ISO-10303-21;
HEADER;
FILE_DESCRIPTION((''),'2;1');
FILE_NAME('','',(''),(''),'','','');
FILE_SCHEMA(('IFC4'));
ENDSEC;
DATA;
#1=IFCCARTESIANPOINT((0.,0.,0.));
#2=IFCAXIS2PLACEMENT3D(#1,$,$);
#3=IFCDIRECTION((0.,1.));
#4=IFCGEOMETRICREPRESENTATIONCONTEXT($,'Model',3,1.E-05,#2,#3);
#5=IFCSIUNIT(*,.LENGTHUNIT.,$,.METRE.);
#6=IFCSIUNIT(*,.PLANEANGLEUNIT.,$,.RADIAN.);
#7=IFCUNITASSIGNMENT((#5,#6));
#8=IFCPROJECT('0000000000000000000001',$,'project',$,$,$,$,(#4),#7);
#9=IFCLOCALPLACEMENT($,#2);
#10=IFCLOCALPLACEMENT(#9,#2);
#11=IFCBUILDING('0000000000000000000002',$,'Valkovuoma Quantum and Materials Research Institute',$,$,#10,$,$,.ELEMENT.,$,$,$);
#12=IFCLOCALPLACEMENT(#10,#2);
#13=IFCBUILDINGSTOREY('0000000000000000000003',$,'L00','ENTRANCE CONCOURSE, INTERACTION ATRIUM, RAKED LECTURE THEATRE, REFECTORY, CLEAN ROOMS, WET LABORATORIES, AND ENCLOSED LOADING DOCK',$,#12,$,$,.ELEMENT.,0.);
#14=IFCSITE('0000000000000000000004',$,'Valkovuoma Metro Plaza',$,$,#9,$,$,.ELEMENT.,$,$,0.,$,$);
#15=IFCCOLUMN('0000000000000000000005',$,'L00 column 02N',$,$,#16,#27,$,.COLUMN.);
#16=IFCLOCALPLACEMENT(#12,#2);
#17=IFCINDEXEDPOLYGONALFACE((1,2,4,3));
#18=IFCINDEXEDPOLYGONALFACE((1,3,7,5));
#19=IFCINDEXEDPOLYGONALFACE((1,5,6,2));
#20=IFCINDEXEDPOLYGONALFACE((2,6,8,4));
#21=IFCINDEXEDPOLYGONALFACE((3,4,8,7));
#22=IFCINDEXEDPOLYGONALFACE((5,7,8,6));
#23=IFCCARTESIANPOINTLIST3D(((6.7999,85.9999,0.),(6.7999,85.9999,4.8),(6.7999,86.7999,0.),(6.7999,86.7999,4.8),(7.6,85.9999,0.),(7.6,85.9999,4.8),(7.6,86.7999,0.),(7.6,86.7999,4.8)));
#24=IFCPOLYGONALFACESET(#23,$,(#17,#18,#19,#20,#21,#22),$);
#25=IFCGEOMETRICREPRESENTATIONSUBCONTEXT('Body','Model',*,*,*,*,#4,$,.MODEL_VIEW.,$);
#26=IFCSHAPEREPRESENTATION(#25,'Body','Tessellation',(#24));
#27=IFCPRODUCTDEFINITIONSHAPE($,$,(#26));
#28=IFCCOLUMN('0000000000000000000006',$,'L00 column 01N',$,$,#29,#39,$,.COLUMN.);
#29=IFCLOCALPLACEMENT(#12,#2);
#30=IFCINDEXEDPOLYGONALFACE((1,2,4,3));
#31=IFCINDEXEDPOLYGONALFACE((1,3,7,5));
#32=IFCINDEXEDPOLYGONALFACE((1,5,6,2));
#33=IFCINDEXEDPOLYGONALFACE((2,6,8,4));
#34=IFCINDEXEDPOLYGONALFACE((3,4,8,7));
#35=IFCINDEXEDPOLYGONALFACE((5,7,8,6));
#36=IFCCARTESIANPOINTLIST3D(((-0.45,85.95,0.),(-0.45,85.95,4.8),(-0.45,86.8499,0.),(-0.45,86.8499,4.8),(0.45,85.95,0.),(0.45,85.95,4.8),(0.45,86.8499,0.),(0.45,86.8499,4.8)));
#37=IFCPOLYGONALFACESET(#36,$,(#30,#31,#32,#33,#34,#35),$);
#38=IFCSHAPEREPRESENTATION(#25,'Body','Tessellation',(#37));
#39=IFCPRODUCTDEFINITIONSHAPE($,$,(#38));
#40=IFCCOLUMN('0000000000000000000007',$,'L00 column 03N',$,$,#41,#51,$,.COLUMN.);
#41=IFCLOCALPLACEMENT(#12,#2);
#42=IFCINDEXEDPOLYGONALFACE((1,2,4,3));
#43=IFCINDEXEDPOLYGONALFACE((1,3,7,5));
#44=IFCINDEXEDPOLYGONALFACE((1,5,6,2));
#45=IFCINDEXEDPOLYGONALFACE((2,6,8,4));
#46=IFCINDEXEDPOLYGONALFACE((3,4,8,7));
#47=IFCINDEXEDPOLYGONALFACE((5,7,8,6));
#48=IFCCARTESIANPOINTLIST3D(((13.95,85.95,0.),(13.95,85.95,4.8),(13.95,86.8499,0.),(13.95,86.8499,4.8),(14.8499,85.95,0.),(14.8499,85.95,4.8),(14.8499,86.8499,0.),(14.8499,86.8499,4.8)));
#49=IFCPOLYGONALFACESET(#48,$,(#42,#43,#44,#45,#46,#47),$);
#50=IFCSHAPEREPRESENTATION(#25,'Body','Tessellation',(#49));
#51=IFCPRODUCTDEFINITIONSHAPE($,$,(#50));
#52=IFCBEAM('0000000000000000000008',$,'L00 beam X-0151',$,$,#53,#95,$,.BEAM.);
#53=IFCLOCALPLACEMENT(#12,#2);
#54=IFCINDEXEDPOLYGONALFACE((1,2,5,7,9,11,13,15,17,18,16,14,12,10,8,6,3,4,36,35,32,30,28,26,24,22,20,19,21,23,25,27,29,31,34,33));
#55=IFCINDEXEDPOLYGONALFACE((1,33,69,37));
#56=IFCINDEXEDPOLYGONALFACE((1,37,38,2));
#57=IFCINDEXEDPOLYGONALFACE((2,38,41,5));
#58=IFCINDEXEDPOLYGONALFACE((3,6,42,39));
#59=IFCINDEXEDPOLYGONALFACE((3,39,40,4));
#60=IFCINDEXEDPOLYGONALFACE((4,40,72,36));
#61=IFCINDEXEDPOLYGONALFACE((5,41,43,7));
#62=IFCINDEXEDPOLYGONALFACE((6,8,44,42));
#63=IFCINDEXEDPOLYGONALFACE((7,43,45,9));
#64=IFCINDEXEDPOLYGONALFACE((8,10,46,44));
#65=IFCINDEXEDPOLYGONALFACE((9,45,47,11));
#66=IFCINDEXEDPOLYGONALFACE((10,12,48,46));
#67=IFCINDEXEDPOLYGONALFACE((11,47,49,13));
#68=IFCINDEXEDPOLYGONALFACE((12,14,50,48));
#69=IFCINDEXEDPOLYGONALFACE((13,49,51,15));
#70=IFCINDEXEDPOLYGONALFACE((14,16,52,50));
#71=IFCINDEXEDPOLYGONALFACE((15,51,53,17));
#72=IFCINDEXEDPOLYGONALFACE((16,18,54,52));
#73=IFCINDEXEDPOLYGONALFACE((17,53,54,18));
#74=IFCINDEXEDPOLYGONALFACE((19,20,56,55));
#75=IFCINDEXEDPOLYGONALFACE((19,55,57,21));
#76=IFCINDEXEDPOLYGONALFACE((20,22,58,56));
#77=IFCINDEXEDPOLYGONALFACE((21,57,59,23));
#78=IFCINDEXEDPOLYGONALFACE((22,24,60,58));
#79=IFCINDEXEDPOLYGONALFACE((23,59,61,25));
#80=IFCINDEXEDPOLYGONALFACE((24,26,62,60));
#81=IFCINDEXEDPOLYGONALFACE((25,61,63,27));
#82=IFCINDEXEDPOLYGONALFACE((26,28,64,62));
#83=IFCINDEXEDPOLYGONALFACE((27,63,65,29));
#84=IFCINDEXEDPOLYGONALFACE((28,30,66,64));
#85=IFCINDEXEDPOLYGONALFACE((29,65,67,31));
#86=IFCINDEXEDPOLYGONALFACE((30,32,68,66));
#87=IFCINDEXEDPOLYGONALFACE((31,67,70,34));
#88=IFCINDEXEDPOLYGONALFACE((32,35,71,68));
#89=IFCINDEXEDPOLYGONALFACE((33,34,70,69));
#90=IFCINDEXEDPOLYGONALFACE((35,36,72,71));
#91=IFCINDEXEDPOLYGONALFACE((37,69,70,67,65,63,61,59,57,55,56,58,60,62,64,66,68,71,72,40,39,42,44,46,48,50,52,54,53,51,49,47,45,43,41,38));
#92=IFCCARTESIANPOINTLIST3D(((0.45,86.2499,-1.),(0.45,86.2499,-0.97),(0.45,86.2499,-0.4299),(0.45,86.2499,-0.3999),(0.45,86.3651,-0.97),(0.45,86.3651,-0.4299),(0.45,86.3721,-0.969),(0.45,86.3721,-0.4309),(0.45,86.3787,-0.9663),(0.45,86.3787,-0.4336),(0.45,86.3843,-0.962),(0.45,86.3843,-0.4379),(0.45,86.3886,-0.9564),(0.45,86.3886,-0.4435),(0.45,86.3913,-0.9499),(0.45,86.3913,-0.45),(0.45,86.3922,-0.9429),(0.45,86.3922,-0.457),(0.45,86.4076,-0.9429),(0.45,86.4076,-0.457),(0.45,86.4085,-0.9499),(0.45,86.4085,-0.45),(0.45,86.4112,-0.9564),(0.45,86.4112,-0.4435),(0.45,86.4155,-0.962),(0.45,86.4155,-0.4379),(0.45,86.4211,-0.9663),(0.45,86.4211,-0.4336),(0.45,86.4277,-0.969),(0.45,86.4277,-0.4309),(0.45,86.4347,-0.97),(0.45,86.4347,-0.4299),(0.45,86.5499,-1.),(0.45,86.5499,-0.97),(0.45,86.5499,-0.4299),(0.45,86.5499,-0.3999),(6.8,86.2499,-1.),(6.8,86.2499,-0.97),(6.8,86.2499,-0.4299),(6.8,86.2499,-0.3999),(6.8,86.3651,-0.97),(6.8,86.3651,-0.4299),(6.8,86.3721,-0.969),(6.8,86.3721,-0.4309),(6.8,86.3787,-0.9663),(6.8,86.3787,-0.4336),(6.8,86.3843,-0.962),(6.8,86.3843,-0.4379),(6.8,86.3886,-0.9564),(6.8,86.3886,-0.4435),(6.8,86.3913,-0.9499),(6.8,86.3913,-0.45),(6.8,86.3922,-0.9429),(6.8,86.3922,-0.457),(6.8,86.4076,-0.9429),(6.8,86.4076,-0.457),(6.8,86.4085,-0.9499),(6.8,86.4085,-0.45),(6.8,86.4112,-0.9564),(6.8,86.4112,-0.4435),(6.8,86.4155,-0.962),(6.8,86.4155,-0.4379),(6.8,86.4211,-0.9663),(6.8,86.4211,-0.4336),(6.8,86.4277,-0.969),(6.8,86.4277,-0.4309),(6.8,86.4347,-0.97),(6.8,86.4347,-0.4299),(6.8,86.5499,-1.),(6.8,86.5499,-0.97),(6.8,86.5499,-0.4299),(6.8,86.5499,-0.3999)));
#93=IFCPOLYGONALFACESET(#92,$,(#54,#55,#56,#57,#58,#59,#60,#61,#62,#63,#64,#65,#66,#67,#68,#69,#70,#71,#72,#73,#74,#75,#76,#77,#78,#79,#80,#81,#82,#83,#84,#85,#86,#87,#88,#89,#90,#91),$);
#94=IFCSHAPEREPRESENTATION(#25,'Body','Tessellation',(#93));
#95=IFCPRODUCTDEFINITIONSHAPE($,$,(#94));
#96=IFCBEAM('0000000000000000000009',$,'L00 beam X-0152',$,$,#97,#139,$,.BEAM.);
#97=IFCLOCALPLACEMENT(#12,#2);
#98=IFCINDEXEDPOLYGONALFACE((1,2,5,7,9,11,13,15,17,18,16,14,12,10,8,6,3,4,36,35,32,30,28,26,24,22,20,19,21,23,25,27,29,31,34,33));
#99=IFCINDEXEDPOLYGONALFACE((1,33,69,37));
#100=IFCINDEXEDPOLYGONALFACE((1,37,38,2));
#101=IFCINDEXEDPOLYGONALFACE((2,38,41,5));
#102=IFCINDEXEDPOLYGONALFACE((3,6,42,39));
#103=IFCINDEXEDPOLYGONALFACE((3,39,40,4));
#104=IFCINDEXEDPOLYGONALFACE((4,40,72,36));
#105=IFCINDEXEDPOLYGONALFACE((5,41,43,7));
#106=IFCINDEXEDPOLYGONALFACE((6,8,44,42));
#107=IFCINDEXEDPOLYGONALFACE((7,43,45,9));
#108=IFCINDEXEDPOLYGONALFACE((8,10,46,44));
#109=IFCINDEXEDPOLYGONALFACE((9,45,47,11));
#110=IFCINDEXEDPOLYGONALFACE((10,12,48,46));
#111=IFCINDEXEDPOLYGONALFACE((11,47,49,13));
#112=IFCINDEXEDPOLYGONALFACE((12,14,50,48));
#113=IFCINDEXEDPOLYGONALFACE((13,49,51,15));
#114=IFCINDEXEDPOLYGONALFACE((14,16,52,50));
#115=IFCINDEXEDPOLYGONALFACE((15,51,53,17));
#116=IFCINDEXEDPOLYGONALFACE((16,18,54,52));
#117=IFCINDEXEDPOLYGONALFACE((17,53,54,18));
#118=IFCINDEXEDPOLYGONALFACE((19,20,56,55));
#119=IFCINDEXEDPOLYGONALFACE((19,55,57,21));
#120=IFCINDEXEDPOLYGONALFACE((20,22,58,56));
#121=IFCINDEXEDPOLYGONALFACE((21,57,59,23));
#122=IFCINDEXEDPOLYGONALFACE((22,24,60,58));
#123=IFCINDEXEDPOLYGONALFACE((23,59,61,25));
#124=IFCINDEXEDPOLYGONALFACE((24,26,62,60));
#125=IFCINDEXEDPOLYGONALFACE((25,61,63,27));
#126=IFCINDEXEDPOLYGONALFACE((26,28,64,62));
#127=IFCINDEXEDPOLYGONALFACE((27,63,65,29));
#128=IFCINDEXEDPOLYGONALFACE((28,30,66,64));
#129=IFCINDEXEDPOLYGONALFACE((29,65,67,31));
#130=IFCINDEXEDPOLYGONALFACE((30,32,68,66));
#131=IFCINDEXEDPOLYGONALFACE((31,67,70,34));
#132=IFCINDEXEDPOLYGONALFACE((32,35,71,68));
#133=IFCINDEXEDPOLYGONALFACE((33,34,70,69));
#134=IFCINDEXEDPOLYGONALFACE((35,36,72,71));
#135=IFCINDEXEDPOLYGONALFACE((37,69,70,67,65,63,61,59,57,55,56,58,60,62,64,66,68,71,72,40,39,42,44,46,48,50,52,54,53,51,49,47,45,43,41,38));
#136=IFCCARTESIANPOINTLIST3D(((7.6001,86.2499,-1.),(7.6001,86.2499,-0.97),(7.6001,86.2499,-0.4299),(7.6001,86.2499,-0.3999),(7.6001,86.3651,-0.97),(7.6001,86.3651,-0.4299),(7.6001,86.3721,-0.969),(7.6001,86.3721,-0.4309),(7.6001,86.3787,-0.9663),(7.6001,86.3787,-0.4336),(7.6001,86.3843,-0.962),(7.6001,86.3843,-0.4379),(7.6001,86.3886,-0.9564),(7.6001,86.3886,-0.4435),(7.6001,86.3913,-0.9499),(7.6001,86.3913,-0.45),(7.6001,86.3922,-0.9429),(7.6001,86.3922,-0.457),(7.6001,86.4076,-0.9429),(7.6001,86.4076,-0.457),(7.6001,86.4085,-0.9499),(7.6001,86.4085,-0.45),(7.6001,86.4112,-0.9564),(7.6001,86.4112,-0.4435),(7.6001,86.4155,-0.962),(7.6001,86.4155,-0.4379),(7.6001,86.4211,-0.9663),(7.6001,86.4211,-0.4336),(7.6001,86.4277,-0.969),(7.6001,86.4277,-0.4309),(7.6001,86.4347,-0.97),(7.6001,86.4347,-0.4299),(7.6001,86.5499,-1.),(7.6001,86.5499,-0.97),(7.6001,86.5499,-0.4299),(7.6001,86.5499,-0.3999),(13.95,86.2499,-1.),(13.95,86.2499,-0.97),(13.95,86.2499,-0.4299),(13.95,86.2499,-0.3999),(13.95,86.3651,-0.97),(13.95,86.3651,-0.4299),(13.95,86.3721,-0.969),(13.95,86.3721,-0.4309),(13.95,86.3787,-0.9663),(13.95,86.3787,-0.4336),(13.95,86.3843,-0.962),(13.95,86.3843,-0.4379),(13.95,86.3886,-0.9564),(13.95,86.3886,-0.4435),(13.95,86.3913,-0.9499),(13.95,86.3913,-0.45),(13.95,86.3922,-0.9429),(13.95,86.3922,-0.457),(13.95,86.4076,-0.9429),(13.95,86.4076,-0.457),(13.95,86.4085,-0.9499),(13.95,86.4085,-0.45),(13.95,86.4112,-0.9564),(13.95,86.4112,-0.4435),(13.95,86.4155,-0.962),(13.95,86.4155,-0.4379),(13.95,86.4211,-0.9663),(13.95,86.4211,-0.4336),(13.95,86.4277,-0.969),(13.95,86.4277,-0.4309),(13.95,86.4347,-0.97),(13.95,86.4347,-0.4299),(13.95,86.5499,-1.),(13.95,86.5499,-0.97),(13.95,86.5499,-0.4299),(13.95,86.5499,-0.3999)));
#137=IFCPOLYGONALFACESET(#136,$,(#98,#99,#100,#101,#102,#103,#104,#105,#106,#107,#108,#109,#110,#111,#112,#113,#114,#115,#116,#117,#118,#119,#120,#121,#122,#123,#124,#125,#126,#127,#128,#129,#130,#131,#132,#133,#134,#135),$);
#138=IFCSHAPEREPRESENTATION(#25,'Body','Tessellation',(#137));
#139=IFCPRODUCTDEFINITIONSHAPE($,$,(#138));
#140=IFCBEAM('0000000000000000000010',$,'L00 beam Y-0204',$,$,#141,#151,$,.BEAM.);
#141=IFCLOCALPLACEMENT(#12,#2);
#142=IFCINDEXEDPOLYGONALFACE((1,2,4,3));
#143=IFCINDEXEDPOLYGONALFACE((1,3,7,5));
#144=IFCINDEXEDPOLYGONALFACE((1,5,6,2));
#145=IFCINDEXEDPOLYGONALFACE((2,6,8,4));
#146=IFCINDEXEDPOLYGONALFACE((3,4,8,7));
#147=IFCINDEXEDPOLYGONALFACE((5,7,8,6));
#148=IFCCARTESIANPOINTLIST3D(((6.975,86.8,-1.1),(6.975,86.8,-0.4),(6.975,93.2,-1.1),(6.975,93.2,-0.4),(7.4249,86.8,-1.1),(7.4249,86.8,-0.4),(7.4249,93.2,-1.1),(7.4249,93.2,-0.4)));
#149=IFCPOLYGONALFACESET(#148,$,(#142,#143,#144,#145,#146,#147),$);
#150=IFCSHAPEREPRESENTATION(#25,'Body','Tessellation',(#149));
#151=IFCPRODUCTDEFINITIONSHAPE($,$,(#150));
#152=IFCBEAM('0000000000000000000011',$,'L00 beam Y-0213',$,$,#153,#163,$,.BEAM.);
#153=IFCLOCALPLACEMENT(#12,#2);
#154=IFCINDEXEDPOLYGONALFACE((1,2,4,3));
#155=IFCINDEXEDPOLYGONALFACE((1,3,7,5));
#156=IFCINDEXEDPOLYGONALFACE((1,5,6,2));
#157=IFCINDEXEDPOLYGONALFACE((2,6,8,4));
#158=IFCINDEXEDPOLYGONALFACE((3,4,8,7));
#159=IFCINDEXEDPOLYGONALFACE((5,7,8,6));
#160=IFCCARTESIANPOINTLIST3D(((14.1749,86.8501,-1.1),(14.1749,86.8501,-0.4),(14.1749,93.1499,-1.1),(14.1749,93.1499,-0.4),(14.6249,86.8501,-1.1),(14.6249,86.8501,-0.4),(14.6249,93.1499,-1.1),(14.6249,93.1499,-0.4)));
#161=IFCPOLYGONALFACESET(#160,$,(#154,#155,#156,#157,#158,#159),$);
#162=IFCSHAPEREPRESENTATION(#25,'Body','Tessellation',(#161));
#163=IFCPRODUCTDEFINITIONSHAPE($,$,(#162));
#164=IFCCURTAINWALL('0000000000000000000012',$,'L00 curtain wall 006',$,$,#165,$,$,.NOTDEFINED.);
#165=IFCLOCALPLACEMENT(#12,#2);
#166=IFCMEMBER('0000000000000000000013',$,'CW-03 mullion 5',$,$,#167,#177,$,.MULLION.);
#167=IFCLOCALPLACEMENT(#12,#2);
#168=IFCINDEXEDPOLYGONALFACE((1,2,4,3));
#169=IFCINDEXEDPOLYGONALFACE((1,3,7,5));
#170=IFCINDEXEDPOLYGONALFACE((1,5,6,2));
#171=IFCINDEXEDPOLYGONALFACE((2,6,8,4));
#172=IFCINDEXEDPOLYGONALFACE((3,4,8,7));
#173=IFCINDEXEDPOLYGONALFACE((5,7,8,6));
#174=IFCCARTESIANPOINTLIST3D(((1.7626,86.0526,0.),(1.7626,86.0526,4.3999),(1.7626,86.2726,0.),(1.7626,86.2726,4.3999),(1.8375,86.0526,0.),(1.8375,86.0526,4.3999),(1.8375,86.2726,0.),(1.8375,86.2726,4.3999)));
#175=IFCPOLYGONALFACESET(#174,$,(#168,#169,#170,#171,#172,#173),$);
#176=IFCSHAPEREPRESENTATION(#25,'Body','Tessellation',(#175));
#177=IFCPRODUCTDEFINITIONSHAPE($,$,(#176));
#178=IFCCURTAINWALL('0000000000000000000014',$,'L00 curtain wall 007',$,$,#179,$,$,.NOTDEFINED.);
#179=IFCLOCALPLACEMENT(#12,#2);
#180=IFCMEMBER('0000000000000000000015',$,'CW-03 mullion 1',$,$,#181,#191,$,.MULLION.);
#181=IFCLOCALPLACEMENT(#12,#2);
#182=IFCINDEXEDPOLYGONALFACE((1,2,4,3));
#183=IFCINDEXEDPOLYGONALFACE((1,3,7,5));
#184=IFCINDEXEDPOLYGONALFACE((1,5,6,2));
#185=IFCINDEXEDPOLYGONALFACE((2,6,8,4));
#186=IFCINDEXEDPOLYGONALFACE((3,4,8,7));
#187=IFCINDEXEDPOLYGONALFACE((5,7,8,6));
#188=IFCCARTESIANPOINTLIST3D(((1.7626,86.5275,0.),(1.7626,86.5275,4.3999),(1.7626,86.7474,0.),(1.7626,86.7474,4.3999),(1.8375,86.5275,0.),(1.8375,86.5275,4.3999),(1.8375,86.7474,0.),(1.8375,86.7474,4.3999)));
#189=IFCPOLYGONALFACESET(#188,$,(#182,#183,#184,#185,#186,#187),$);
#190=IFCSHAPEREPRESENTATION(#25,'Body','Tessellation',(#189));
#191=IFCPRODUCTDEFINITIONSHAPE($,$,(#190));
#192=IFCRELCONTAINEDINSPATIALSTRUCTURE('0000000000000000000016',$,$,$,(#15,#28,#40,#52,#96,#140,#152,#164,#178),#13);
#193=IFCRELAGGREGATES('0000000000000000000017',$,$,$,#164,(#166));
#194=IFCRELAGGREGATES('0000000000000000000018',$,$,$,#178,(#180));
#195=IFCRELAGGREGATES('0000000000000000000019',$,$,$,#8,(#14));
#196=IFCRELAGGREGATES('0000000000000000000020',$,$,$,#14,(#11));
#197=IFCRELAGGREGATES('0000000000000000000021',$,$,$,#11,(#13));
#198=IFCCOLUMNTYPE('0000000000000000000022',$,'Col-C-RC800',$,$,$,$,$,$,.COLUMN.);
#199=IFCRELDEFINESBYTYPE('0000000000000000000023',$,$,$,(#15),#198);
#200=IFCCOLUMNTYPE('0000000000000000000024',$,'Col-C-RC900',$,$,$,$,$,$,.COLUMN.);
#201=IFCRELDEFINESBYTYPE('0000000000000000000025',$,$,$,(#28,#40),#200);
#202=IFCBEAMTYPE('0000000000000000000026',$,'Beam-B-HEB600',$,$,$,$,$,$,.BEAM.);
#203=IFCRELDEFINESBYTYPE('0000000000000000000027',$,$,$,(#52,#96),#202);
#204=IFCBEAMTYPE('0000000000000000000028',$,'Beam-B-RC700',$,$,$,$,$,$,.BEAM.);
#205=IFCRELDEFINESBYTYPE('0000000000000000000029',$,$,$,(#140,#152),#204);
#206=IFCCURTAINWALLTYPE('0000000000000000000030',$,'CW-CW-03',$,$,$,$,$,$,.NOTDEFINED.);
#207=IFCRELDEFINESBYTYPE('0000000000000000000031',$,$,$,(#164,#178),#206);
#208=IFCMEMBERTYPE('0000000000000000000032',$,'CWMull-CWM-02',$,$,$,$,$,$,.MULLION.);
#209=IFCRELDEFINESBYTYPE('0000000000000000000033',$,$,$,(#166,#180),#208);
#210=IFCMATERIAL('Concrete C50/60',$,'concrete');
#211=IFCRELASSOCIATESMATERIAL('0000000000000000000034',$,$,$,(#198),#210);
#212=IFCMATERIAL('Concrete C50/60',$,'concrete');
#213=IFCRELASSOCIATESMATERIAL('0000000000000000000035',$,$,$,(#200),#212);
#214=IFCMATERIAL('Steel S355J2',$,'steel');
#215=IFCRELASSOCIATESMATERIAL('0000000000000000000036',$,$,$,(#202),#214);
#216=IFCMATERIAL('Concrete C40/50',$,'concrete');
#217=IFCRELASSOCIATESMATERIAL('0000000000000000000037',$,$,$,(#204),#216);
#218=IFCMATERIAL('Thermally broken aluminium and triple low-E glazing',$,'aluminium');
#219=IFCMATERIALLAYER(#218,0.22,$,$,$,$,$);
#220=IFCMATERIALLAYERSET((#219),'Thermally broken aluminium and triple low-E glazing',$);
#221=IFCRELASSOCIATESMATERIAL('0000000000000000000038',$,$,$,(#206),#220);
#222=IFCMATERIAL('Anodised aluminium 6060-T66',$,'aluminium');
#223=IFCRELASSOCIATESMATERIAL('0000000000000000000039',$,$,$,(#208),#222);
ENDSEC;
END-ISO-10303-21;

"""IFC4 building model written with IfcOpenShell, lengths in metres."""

from ifc_helpers import new_model, si_unit, direction, frame, origin, origin_2d, place, context, subcontext, project, spatial, rectangle, i_section, extrude, material, layer, layer_set, material_profile, profile_set, type_object, element, aggregate, save


model = new_model("IFC4")

# Units and contexts
model_context = context("Model", 3, precision=1e-05, world=origin(), true_north=direction((0.0, 1.0)))
body_context = subcontext(model_context, "Body", "Model", "MODEL_VIEW")
ifc_project = project(units=[si_unit("LENGTHUNIT", "METRE"), si_unit("PLANEANGLEUNIT", "RADIAN")], contexts=[model_context])

# Site, building, storey
site_placement = place(None, origin())
site = spatial("IfcSite", under=ifc_project, at=site_placement, Name="Valkovuoma Metro Plaza", CompositionType="ELEMENT", RefElevation=0.0)
building_placement = place(site_placement, origin())
building = spatial("IfcBuilding", under=site, at=building_placement, Name="Valkovuoma Quantum and Materials Research Institute", CompositionType="ELEMENT")
storey_placement = place(building_placement, origin())
storey = spatial("IfcBuildingStorey", under=building, at=storey_placement, Name="L00", Description="ENTRANCE CONCOURSE, INTERACTION ATRIUM, RAKED LECTURE THEATRE, REFECTORY, CLEAN ROOMS, WET LABORATORIES, AND ENCLOSED LOADING DOCK", CompositionType="ELEMENT", Elevation=0.0)

# Columns
ifc_material_1 = material(Name="Concrete C50/60", Category="concrete")
ifc_material_profile_1 = material_profile(ifc_material_1, rectangle(XDim=0.8, YDim=0.8, at=origin_2d()), Name="Concrete C50/60")
ifc_profile_set_1 = profile_set([ifc_material_profile_1], Name="Concrete C50/60")
column_type_1 = type_object("IfcColumnType", Name="Col-C-RC800", PredefinedType="COLUMN", material=ifc_profile_set_1)
column_placement = place(storey_placement, frame((7.2, 86.3999, 0.0), z_axis=(0.0, 0.0, 1.0), x_axis=(1.0, 0.0, 0.0)))
element("IfcColumn", 1, at=column_placement, inside=storey, type_object=column_type_1, Name="L00 column 02N", PredefinedType="COLUMN", context=body_context, shape_type="SweptSolid", body=[
    extrude(rectangle(XDim=0.8, YDim=0.8, at=origin_2d()), origin(), (0.0, 0.0, 1.0), 4.8),
])
ifc_material_2 = material(Name="Concrete C50/60", Category="concrete")
ifc_material_profile_2 = material_profile(ifc_material_2, rectangle(XDim=0.8999, YDim=0.8999, at=origin_2d()), Name="Concrete C50/60")
ifc_profile_set_2 = profile_set([ifc_material_profile_2], Name="Concrete C50/60")
column_type_2 = type_object("IfcColumnType", Name="Col-C-RC900", PredefinedType="COLUMN", material=ifc_profile_set_2)
for number, where, z_axis, x_axis, name in (
    (2, (0.0, 86.3999, 0.0), (0.0, 0.0, 1.0), (1.0, 0.0, 0.0), "L00 column 01N"),
    (3, (14.3999, 86.3999, 0.0), (0.0, 0.0, 1.0), (1.0, 0.0, 0.0), "L00 column 03N"),
):
    element("IfcColumn", number, at=place(storey_placement, frame(where, z_axis=z_axis, x_axis=x_axis)), inside=storey, type_object=column_type_2, Name=name, PredefinedType="COLUMN", context=body_context, shape_type="SweptSolid", body=[
        extrude(rectangle(XDim=0.8999, YDim=0.8999, at=origin_2d()), origin(), (0.0, 0.0, 1.0), 4.8),
    ])

# Beams
ifc_material_3 = material(Name="Steel S355J2", Category="steel")
ifc_material_profile_3 = material_profile(ifc_material_3, i_section(OverallWidth=0.3, OverallDepth=0.6001, WebThickness=0.0154, FlangeThickness=0.03, FilletRadius=0.0271, at=origin_2d()), Name="Steel S355J2")
ifc_profile_set_3 = profile_set([ifc_material_profile_3], Name="Steel S355J2")
beam_type_1 = type_object("IfcBeamType", Name="Beam-B-HEB600", PredefinedType="BEAM", material=ifc_profile_set_3)
beam_1_placement = place(storey_placement, frame((0.45, 86.3999, -0.7), z_axis=(1.0, 0.0, 0.0), x_axis=(0.0, 1.0, 0.0)))
element("IfcBeam", 4, at=beam_1_placement, inside=storey, type_object=beam_type_1, Name="L00 beam X-0151", PredefinedType="BEAM", context=body_context, shape_type="SweptSolid", body=[
    extrude(i_section(OverallWidth=0.3, OverallDepth=0.6001, WebThickness=0.0154, FlangeThickness=0.03, FilletRadius=0.0271, at=origin_2d()), origin(), (0.0, 0.0, 1.0), 6.3501),
])
beam_2_placement = place(storey_placement, frame((7.6001, 86.3999, -0.7), z_axis=(1.0, 0.0, 0.0), x_axis=(0.0, 1.0, 0.0)))
element("IfcBeam", 5, at=beam_2_placement, inside=storey, type_object=beam_type_1, Name="L00 beam X-0152", PredefinedType="BEAM", context=body_context, shape_type="SweptSolid", body=[
    extrude(i_section(OverallWidth=0.3, OverallDepth=0.6001, WebThickness=0.0154, FlangeThickness=0.03, FilletRadius=0.0271, at=origin_2d()), origin(), (0.0, 0.0, 1.0), 6.3499),
])
ifc_material_4 = material(Name="Concrete C40/50", Category="concrete")
ifc_material_profile_4 = material_profile(ifc_material_4, rectangle(XDim=0.45, YDim=0.7, at=origin_2d()), Name="Concrete C40/50")
ifc_profile_set_4 = profile_set([ifc_material_profile_4], Name="Concrete C40/50")
beam_type_2 = type_object("IfcBeamType", Name="Beam-B-RC700", PredefinedType="BEAM", material=ifc_profile_set_4)
beam_3_placement = place(storey_placement, frame((7.2, 86.8, -0.75), z_axis=(0.0, 1.0, 0.0), x_axis=(-1.0, 0.0, 0.0)))
element("IfcBeam", 6, at=beam_3_placement, inside=storey, type_object=beam_type_2, Name="L00 beam Y-0204", PredefinedType="BEAM", context=body_context, shape_type="SweptSolid", body=[
    extrude(rectangle(XDim=0.45, YDim=0.7, at=origin_2d()), origin(), (0.0, 0.0, 1.0), 6.3999),
])
beam_4_placement = place(storey_placement, frame((14.3999, 86.8501, -0.75), z_axis=(0.0, 1.0, 0.0), x_axis=(-1.0, 0.0, 0.0)))
element("IfcBeam", 7, at=beam_4_placement, inside=storey, type_object=beam_type_2, Name="L00 beam Y-0213", PredefinedType="BEAM", context=body_context, shape_type="SweptSolid", body=[
    extrude(rectangle(XDim=0.45, YDim=0.7, at=origin_2d()), origin(), (0.0, 0.0, 1.0), 6.2998),
])

# Curtain wall, member
ifc_material_5 = material(Name="Thermally broken aluminium and triple low-E glazing", Category="aluminium")
ifc_layer_1 = layer(ifc_material_5, 0.22)
ifc_layer_set_1 = layer_set([ifc_layer_1], Name="Thermally broken aluminium and triple low-E glazing")
curtain_wall_type = type_object("IfcCurtainWallType", Name="CW-CW-03", PredefinedType="NOTDEFINED", material=ifc_layer_set_1)
curtain_wall_1_placement = place(storey_placement, origin())
curtain_wall_1 = element("IfcCurtainWall", 8, at=curtain_wall_1_placement, inside=storey, type_object=curtain_wall_type, Name="L00 curtain wall 006", PredefinedType="NOTDEFINED")
ifc_material_6 = material(Name="Anodised aluminium 6060-T66", Category="aluminium")
ifc_material_profile_5 = material_profile(ifc_material_6, rectangle(XDim=0.075, YDim=0.22, at=origin_2d()), Name="Anodised aluminium 6060-T66")
ifc_profile_set_5 = profile_set([ifc_material_profile_5], Name="Anodised aluminium 6060-T66")
member_type_1 = type_object("IfcMemberType", Name="CWMull-CWM-02", PredefinedType="MULLION", material=ifc_profile_set_5)
member_1_placement = place(storey_placement, frame((1.8, 86.1626, 0.0), z_axis=(0.0, 0.0, 1.0), x_axis=(-1.0, 0.0, 0.0)))
member_1 = element("IfcMember", 9, at=member_1_placement, type_object=member_type_1, Name="CW-03 mullion 5", PredefinedType="MULLION", context=body_context, shape_type="SweptSolid", body=[
    extrude(rectangle(XDim=0.075, YDim=0.22, at=origin_2d()), origin(), (0.0, 0.0, 1.0), 4.3999),
])

# Curtain wall, member
curtain_wall_2_placement = place(storey_placement, origin())
curtain_wall_2 = element("IfcCurtainWall", 10, at=curtain_wall_2_placement, inside=storey, type_object=curtain_wall_type, Name="L00 curtain wall 007", PredefinedType="NOTDEFINED")
member_2_placement = place(storey_placement, frame((1.8, 86.6375, 0.0), z_axis=(0.0, 0.0, 1.0), x_axis=(-1.0, 0.0, 0.0)))
member_2 = element("IfcMember", 11, at=member_2_placement, type_object=member_type_1, Name="CW-03 mullion 1", PredefinedType="MULLION", context=body_context, shape_type="SweptSolid", body=[
    extrude(rectangle(XDim=0.075, YDim=0.22, at=origin_2d()), origin(), (0.0, 0.0, 1.0), 4.3999),
])

aggregate(curtain_wall_1, [member_1])
aggregate(curtain_wall_2, [member_2])

save(model, "model.ifc")
